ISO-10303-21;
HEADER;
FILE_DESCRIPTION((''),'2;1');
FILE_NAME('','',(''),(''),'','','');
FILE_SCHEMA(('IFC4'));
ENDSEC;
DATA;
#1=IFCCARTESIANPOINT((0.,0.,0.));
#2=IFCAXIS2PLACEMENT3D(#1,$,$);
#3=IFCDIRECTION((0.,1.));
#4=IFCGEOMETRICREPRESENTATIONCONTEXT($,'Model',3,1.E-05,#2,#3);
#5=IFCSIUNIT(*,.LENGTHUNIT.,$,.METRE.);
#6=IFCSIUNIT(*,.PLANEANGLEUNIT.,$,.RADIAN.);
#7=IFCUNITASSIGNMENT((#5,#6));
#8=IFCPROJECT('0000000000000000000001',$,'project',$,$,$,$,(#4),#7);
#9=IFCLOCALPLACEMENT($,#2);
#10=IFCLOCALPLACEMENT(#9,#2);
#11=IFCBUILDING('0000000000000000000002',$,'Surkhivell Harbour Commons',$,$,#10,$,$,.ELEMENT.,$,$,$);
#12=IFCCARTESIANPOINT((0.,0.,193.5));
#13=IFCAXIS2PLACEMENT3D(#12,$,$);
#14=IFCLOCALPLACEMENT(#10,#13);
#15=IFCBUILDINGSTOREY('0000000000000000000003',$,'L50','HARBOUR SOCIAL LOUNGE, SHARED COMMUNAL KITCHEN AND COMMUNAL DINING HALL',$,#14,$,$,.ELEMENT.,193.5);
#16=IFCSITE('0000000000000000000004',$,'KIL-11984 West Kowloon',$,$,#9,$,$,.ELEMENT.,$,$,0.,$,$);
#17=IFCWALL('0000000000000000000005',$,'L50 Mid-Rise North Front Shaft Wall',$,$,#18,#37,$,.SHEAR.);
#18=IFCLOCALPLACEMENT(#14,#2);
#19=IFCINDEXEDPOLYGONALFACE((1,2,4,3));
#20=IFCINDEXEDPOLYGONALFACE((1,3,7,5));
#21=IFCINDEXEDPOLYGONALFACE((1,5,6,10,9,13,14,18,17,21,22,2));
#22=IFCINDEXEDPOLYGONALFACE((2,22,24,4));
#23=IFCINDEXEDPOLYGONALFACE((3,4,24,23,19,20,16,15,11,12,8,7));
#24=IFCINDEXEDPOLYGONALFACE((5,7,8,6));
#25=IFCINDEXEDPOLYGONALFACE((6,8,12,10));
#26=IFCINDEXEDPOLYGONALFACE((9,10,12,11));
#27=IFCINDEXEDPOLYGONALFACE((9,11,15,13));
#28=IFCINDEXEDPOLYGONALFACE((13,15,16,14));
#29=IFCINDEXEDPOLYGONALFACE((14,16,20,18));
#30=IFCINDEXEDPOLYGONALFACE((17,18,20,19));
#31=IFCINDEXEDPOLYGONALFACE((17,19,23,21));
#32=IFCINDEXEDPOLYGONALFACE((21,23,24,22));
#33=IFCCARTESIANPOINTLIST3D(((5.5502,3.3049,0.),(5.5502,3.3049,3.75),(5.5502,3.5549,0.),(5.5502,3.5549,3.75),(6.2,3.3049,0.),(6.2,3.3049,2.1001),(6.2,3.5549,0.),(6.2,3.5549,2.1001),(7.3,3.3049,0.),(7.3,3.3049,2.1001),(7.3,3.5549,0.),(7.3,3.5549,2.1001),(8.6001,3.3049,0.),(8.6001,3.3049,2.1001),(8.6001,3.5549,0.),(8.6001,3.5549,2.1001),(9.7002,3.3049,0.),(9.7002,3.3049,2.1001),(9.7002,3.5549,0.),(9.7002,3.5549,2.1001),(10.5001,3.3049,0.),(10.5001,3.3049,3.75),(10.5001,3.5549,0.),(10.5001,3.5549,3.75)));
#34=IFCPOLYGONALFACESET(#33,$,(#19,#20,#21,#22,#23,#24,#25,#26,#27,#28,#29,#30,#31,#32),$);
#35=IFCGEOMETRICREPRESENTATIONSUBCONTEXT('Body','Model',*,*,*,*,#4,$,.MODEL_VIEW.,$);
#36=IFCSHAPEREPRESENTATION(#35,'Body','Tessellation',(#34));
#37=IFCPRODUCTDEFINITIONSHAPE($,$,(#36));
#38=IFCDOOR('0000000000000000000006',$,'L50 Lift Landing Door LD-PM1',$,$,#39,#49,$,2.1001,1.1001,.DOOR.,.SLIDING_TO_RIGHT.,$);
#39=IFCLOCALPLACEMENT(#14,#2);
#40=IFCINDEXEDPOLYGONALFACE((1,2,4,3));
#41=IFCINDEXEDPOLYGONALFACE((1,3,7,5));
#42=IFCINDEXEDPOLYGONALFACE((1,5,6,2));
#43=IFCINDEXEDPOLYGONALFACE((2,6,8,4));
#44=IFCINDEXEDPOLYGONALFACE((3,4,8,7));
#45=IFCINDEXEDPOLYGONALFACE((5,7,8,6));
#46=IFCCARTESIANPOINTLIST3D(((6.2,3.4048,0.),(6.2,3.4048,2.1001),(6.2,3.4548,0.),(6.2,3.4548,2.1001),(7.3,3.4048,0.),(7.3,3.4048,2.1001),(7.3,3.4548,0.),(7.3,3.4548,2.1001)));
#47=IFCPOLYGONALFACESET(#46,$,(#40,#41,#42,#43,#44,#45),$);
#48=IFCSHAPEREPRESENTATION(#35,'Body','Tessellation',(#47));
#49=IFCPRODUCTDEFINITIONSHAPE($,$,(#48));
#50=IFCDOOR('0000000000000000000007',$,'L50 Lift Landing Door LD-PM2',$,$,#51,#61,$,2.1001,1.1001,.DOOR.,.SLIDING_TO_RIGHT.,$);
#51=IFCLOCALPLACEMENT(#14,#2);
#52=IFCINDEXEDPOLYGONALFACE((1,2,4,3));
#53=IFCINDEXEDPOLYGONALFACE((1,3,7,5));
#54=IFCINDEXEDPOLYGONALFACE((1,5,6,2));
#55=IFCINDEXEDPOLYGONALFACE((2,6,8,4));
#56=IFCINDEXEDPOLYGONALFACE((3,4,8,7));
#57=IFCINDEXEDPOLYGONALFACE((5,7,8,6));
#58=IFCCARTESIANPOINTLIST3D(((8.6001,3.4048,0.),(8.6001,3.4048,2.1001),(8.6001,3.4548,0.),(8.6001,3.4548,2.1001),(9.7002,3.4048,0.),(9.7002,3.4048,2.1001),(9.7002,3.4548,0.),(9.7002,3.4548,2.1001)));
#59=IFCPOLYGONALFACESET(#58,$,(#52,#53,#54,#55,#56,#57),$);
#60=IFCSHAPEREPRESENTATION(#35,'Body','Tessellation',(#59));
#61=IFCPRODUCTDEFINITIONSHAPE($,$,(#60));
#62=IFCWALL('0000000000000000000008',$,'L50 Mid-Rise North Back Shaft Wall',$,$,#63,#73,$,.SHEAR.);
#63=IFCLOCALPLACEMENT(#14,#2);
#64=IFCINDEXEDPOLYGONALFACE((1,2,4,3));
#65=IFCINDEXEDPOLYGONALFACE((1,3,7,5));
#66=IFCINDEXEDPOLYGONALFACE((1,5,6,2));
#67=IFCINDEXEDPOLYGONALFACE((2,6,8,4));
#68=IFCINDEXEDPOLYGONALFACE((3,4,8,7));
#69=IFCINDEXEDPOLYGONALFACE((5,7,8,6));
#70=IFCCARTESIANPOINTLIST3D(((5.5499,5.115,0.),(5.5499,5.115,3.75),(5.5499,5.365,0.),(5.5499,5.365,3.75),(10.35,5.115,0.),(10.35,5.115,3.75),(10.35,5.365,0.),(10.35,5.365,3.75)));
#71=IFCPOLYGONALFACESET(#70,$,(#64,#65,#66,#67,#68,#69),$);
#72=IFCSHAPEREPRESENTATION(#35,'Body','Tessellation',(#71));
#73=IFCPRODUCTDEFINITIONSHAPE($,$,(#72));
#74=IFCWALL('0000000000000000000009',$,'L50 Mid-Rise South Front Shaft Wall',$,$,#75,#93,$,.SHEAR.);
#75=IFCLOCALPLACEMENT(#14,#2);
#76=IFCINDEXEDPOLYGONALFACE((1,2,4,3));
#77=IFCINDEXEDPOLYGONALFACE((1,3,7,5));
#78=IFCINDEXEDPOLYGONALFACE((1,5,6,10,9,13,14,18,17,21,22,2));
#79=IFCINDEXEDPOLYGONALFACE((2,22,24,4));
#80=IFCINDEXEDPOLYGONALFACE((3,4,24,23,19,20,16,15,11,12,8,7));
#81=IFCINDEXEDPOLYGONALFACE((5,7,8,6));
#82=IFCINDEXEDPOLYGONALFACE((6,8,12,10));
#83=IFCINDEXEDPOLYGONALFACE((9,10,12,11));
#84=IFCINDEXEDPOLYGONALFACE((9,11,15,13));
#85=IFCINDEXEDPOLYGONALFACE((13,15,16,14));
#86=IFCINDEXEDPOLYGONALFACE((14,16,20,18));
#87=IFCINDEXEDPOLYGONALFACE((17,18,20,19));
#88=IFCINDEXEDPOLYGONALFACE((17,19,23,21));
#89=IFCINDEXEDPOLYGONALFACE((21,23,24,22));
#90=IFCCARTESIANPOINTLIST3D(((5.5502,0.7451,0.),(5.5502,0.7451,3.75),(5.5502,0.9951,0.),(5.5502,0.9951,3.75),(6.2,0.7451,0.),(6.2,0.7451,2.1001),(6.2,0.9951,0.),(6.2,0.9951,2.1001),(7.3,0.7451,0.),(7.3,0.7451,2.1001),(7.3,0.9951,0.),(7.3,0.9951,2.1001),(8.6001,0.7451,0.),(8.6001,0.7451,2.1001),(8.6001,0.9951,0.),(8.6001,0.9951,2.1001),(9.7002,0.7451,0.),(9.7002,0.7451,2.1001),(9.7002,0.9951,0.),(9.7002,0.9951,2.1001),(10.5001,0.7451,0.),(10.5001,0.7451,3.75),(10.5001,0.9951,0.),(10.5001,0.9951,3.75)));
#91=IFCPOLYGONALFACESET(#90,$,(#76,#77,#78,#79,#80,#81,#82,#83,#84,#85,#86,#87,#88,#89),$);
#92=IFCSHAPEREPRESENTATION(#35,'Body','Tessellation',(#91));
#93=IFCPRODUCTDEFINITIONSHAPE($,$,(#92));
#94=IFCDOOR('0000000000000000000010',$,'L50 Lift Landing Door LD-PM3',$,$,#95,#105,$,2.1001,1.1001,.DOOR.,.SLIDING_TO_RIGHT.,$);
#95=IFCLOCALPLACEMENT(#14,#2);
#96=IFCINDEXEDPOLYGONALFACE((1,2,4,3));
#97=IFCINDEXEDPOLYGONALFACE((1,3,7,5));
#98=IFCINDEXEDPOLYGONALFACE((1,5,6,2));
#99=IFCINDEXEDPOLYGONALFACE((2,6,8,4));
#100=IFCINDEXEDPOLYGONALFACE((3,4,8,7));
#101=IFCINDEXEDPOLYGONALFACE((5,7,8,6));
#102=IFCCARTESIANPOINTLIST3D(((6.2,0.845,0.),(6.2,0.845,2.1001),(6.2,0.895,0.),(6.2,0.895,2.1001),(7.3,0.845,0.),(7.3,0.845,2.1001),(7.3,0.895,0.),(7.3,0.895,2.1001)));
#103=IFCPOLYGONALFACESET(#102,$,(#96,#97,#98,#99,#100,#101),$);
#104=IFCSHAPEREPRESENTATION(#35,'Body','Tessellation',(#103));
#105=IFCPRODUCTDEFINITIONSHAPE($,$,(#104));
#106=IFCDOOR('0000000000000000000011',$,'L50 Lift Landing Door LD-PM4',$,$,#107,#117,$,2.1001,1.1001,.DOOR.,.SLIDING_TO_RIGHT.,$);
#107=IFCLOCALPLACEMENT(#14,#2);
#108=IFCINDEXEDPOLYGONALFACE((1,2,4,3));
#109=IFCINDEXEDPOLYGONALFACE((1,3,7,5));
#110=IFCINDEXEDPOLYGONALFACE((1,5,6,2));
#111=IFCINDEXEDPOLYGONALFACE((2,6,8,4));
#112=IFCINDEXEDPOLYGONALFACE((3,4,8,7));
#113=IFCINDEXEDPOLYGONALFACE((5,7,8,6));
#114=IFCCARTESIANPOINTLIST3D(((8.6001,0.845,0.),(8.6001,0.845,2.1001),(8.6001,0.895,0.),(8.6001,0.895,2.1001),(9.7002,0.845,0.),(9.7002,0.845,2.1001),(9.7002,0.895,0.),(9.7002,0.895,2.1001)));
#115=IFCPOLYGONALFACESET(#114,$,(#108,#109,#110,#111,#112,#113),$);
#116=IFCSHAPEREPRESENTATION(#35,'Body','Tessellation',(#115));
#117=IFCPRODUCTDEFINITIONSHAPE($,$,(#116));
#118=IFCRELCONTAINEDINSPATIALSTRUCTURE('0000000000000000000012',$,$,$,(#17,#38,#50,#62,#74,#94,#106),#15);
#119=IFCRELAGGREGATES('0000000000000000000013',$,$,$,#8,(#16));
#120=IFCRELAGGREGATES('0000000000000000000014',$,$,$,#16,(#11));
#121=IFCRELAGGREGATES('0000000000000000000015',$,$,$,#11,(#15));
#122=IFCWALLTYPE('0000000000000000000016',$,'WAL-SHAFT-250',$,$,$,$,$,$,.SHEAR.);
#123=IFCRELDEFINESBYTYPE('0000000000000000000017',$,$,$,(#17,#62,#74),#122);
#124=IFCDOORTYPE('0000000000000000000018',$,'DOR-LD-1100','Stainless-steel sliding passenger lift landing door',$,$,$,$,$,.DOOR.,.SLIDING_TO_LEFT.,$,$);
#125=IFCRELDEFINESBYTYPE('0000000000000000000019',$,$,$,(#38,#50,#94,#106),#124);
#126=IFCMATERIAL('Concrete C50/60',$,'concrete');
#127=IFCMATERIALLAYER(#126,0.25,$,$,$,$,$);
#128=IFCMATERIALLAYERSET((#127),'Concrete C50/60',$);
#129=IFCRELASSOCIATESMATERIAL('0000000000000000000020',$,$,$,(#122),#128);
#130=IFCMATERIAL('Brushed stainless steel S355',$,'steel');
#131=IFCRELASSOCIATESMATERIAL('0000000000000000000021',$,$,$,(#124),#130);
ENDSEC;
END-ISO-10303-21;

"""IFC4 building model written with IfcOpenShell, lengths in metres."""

from ifc_helpers import new_model, si_unit, direction, frame, frame_2d, origin, place, context, subcontext, project, spatial, rectangle, extrude, material, layer, layer_set, type_object, element, fill, save


model = new_model("IFC4")

# Units and contexts
model_context = context("Model", 3, precision=1e-05, world=origin(), true_north=direction((0.0, 1.0)))
body_context = subcontext(model_context, "Body", "Model", "MODEL_VIEW")
ifc_project = project(units=[si_unit("LENGTHUNIT", "METRE"), si_unit("PLANEANGLEUNIT", "RADIAN")], contexts=[model_context])

# Site, building, storey
site_placement = place(None, origin())
site = spatial("IfcSite", under=ifc_project, at=site_placement, Name="KIL-11984 West Kowloon", CompositionType="ELEMENT", RefElevation=0.0)
building_placement = place(site_placement, origin())
building = spatial("IfcBuilding", under=site, at=building_placement, Name="Surkhivell Harbour Commons", CompositionType="ELEMENT")
storey_placement = place(building_placement, frame((0.0, 0.0, 193.5)))
storey = spatial("IfcBuildingStorey", under=building, at=storey_placement, Name="L50", Description="HARBOUR SOCIAL LOUNGE, SHARED COMMUNAL KITCHEN AND COMMUNAL DINING HALL", CompositionType="ELEMENT", Elevation=193.5)

# Shared definitions
ifc_material_1 = material(Name="Concrete C50/60", Category="concrete")
ifc_layer_1 = layer(ifc_material_1, 0.25)
ifc_layer_set_1 = layer_set([ifc_layer_1], Name="Concrete C50/60")
wall_type_1 = type_object("IfcWallType", Name="WAL-SHAFT-250", PredefinedType="SHEAR", material=ifc_layer_set_1)

# Wall, openings, doors
wall_1_placement = place(storey_placement, frame((5.55, 3.4299, 0.0), z_axis=(0.0, 0.0, 1.0), x_axis=(1.0, 0.0, 0.0)))
wall_1 = element("IfcWall", 1, at=wall_1_placement, inside=storey, type_object=wall_type_1, Name="L50 Mid-Rise North Front Shaft Wall", PredefinedType="SHEAR", context=body_context, shape_type="SweptSolid", body=[
    extrude(rectangle(XDim=4.95, YDim=0.25, at=frame_2d((2.4751, 0.0))), origin(), (0.0, 0.0, 1.0), 3.75),
])
opening_1_placement = place(wall_1_placement, frame((0.6499, 0.0, 0.0)))
opening_1 = element("IfcOpeningElement", 2, at=opening_1_placement, cuts=wall_1, PredefinedType="OPENING", context=body_context, shape_type="SweptSolid", body=[
    extrude(rectangle(XDim=1.1001, YDim=2.1001, at=frame_2d((0.55, 1.05))), frame((0.0, 0.135, 0.0), z_axis=(0.0, -1.0, 0.0), x_axis=(1.0, 0.0, 0.0)), (0.0, 0.0, 1.0), 0.27),
])
opening_2_placement = place(wall_1_placement, frame((3.05, 0.0, 0.0)))
opening_2 = element("IfcOpeningElement", 3, at=opening_2_placement, cuts=wall_1, PredefinedType="OPENING", context=body_context, shape_type="SweptSolid", body=[
    extrude(rectangle(XDim=1.1001, YDim=2.1001, at=frame_2d((0.55, 1.05))), frame((0.0, 0.135, 0.0), z_axis=(0.0, -1.0, 0.0), x_axis=(1.0, 0.0, 0.0)), (0.0, 0.0, 1.0), 0.27),
])
ifc_material_2 = material(Name="Brushed stainless steel S355", Category="steel")
door_type_1 = type_object("IfcDoorType", Name="DOR-LD-1100", Description="Stainless-steel sliding passenger lift landing door", OperationType="SLIDING_TO_LEFT", PredefinedType="DOOR", material=ifc_material_2)
door_1_placement = place(opening_1_placement, origin())
door_1 = element("IfcDoor", 4, at=door_1_placement, inside=storey, type_object=door_type_1, Name="L50 Lift Landing Door LD-PM1", OperationType="SLIDING_TO_RIGHT", OverallHeight=2.1001, OverallWidth=1.1001, PredefinedType="DOOR", context=body_context, shape_type="SweptSolid", body=[
    extrude(rectangle(XDim=1.1001, YDim=2.1001, at=frame_2d((0.55, 1.05))), frame((0.0, 0.0249, 0.0), z_axis=(0.0, -1.0, 0.0), x_axis=(1.0, 0.0, 0.0)), (0.0, 0.0, 1.0), 0.05),
])
fill(opening_1, door_1)
door_2_placement = place(opening_2_placement, origin())
door_2 = element("IfcDoor", 5, at=door_2_placement, inside=storey, type_object=door_type_1, Name="L50 Lift Landing Door LD-PM2", OperationType="SLIDING_TO_RIGHT", OverallHeight=2.1001, OverallWidth=1.1001, PredefinedType="DOOR", context=body_context, shape_type="SweptSolid", body=[
    extrude(rectangle(XDim=1.1001, YDim=2.1001, at=frame_2d((0.55, 1.05))), frame((0.0, 0.0249, 0.0), z_axis=(0.0, -1.0, 0.0), x_axis=(1.0, 0.0, 0.0)), (0.0, 0.0, 1.0), 0.05),
])
fill(opening_2, door_2)

# Wall
wall_2_placement = place(storey_placement, frame((5.55, 5.24, 0.0), z_axis=(0.0, 0.0, 1.0), x_axis=(1.0, 0.0, 0.0)))
element("IfcWall", 6, at=wall_2_placement, inside=storey, type_object=wall_type_1, Name="L50 Mid-Rise North Back Shaft Wall", PredefinedType="SHEAR", context=body_context, shape_type="SweptSolid", body=[
    extrude(rectangle(XDim=4.8, YDim=0.25, at=frame_2d((2.3999, 0.0))), origin(), (0.0, 0.0, 1.0), 3.75),
])

# Wall, openings, doors
wall_3_placement = place(storey_placement, frame((5.55, 0.8701, 0.0), z_axis=(0.0, 0.0, 1.0), x_axis=(1.0, 0.0, 0.0)))
wall_3 = element("IfcWall", 7, at=wall_3_placement, inside=storey, type_object=wall_type_1, Name="L50 Mid-Rise South Front Shaft Wall", PredefinedType="SHEAR", context=body_context, shape_type="SweptSolid", body=[
    extrude(rectangle(XDim=4.95, YDim=0.25, at=frame_2d((2.4751, 0.0))), origin(), (0.0, 0.0, 1.0), 3.75),
])
opening_3_placement = place(wall_3_placement, frame((0.6499, 0.0, 0.0)))
opening_3 = element("IfcOpeningElement", 8, at=opening_3_placement, cuts=wall_3, PredefinedType="OPENING", context=body_context, shape_type="SweptSolid", body=[
    extrude(rectangle(XDim=1.1001, YDim=2.1001, at=frame_2d((0.55, 1.05))), frame((0.0, 0.135, 0.0), z_axis=(0.0, -1.0, 0.0), x_axis=(1.0, 0.0, 0.0)), (0.0, 0.0, 1.0), 0.27),
])
opening_4_placement = place(wall_3_placement, frame((3.05, 0.0, 0.0)))
opening_4 = element("IfcOpeningElement", 9, at=opening_4_placement, cuts=wall_3, PredefinedType="OPENING", context=body_context, shape_type="SweptSolid", body=[
    extrude(rectangle(XDim=1.1001, YDim=2.1001, at=frame_2d((0.55, 1.05))), frame((0.0, 0.135, 0.0), z_axis=(0.0, -1.0, 0.0), x_axis=(1.0, 0.0, 0.0)), (0.0, 0.0, 1.0), 0.27),
])
door_3_placement = place(opening_3_placement, origin())
door_3 = element("IfcDoor", 10, at=door_3_placement, inside=storey, type_object=door_type_1, Name="L50 Lift Landing Door LD-PM3", OperationType="SLIDING_TO_RIGHT", OverallHeight=2.1001, OverallWidth=1.1001, PredefinedType="DOOR", context=body_context, shape_type="SweptSolid", body=[
    extrude(rectangle(XDim=1.1001, YDim=2.1001, at=frame_2d((0.55, 1.05))), frame((0.0, 0.0249, 0.0), z_axis=(0.0, -1.0, 0.0), x_axis=(1.0, 0.0, 0.0)), (0.0, 0.0, 1.0), 0.05),
])
fill(opening_3, door_3)
door_4_placement = place(opening_4_placement, origin())
door_4 = element("IfcDoor", 11, at=door_4_placement, inside=storey, type_object=door_type_1, Name="L50 Lift Landing Door LD-PM4", OperationType="SLIDING_TO_RIGHT", OverallHeight=2.1001, OverallWidth=1.1001, PredefinedType="DOOR", context=body_context, shape_type="SweptSolid", body=[
    extrude(rectangle(XDim=1.1001, YDim=2.1001, at=frame_2d((0.55, 1.05))), frame((0.0, 0.0249, 0.0), z_axis=(0.0, -1.0, 0.0), x_axis=(1.0, 0.0, 0.0)), (0.0, 0.0, 1.0), 0.05),
])
fill(opening_4, door_4)

save(model, "model.ifc")
